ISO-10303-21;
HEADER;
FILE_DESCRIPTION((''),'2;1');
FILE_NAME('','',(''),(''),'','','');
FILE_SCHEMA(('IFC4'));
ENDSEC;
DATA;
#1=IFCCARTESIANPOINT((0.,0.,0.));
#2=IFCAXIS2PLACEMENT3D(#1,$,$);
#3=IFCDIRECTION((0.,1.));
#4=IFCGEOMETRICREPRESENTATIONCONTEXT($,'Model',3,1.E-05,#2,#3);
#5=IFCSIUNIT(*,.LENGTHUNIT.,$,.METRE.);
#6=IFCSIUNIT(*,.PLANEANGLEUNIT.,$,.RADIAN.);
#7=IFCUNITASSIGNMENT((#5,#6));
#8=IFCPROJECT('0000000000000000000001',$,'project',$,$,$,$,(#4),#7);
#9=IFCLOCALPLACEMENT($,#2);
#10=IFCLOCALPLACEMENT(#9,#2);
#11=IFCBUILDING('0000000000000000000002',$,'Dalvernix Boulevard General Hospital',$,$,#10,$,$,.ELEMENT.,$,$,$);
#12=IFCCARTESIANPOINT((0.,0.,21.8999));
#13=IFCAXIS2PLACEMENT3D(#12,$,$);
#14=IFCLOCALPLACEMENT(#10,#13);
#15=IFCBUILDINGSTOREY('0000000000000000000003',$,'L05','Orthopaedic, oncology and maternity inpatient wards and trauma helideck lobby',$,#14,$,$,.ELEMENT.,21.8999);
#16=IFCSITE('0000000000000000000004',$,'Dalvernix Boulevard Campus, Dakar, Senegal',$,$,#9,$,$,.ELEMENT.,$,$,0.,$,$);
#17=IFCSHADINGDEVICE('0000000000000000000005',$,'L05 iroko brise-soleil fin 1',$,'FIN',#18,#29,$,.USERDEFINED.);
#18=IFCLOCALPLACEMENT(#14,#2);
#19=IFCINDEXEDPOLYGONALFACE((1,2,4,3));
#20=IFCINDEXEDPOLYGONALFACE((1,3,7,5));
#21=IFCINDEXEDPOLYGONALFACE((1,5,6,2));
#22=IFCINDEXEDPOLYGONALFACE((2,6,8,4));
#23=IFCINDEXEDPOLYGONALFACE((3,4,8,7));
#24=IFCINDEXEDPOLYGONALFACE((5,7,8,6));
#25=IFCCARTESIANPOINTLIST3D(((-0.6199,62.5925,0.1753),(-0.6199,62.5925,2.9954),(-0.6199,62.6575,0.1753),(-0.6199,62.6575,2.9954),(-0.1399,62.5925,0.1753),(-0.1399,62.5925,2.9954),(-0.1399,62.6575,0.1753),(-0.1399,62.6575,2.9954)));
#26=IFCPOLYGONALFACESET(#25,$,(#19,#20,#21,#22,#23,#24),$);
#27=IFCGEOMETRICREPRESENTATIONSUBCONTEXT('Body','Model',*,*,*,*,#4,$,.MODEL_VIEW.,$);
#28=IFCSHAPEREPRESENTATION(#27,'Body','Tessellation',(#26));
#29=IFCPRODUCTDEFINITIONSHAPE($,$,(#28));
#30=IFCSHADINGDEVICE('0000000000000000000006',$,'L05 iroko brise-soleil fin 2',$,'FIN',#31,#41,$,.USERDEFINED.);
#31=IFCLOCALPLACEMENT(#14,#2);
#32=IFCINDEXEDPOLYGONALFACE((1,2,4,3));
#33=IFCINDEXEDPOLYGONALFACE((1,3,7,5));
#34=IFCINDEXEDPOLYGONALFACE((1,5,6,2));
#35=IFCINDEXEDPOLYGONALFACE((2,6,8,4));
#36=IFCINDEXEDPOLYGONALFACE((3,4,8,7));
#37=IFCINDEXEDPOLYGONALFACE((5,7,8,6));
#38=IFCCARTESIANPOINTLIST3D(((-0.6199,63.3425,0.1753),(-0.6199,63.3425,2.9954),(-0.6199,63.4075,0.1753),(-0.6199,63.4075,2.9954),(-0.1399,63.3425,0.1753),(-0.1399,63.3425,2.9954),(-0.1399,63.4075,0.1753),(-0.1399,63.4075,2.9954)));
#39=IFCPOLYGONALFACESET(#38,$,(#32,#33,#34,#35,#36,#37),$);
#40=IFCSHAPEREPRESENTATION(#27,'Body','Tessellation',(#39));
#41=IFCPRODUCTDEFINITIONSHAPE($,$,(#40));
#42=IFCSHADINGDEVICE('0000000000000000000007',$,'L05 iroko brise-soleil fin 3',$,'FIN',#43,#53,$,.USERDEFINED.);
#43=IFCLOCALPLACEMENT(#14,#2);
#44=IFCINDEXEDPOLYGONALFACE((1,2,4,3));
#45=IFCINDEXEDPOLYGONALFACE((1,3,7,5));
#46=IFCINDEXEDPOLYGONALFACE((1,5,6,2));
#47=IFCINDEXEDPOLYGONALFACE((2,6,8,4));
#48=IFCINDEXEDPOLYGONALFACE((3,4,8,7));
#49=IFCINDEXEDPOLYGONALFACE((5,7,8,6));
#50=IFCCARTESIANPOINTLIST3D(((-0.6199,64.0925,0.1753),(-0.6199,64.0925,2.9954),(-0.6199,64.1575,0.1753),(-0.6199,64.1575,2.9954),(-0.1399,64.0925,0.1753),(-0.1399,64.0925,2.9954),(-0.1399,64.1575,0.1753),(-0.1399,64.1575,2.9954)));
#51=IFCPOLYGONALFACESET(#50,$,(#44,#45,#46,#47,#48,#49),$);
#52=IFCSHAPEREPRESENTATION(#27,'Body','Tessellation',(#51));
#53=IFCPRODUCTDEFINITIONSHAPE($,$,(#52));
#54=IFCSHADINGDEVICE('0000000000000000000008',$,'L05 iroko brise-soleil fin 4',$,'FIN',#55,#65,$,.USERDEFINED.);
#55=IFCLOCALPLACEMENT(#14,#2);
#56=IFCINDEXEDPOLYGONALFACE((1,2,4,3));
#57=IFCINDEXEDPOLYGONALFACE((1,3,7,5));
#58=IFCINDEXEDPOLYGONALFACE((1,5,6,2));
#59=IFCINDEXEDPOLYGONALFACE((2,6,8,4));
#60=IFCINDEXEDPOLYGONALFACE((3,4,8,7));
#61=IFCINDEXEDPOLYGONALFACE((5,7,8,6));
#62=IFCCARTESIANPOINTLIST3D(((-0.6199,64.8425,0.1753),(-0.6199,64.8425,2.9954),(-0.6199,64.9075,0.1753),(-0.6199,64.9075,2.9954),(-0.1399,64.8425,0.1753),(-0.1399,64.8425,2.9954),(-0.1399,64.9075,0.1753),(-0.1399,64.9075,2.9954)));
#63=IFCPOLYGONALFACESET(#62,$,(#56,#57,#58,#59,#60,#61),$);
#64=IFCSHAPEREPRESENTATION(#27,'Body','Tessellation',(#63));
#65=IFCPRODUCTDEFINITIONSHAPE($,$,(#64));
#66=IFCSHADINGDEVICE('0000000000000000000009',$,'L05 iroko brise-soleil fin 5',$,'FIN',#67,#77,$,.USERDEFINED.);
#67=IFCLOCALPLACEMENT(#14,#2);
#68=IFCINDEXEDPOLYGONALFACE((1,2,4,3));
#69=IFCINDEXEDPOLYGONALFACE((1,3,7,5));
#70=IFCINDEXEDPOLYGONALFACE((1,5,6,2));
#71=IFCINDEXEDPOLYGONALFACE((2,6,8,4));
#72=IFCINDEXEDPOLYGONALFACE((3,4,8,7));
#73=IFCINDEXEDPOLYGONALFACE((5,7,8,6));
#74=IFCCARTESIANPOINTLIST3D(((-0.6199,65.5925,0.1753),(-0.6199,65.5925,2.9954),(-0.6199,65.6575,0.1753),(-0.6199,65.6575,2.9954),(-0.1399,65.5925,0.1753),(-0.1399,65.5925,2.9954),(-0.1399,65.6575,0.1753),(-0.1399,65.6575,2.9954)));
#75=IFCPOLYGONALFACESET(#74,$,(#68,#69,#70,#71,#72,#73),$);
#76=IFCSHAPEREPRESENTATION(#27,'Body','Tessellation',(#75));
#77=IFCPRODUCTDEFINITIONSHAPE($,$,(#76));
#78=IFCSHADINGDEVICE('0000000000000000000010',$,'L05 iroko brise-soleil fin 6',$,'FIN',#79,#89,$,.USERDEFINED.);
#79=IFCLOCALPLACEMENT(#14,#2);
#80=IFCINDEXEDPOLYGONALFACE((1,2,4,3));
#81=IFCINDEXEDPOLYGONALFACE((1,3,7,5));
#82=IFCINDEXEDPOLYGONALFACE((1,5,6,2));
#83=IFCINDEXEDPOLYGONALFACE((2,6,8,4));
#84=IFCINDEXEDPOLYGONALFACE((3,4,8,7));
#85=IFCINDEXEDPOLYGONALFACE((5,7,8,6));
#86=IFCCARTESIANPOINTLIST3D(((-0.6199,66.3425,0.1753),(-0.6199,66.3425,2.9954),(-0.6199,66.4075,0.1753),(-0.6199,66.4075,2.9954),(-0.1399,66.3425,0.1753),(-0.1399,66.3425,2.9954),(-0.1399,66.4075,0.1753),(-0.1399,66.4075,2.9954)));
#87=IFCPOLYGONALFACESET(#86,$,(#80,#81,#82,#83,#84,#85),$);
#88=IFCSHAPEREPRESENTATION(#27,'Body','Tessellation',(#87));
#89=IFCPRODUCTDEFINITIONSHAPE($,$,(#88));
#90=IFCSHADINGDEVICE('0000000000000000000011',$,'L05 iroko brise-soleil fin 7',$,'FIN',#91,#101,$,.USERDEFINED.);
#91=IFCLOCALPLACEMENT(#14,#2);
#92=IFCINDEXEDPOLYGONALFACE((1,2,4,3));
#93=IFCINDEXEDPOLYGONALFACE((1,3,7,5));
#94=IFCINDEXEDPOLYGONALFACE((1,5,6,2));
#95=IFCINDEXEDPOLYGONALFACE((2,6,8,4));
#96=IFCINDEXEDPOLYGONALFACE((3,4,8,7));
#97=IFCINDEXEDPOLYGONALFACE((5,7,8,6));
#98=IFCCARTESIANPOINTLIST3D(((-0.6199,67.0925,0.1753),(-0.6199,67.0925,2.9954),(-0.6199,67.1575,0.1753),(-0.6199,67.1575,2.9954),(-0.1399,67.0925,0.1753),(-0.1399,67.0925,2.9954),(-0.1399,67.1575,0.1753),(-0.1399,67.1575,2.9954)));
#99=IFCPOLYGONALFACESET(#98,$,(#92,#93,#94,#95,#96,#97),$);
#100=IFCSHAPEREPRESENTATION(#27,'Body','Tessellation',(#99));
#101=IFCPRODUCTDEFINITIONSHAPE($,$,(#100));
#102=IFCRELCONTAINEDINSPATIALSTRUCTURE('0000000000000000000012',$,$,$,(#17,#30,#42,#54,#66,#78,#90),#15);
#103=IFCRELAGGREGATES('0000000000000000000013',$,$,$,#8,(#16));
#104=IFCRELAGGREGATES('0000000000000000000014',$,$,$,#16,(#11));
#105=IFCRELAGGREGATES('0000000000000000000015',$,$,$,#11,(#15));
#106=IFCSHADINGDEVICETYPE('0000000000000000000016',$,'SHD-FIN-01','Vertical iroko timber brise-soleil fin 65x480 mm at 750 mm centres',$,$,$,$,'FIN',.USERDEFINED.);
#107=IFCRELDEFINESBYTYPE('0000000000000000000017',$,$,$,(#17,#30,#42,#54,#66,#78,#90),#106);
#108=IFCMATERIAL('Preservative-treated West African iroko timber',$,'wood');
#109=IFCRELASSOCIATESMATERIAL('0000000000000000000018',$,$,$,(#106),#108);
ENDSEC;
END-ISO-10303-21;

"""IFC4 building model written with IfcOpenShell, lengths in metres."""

from ifc_helpers import new_model, si_unit, direction, frame, origin, origin_2d, place, context, subcontext, project, spatial, rectangle, extrude, material, type_object, element, save


model = new_model("IFC4")

# Units and contexts
model_context = context("Model", 3, precision=1e-05, world=origin(), true_north=direction((0.0, 1.0)))
body_context = subcontext(model_context, "Body", "Model", "MODEL_VIEW")
ifc_project = project(units=[si_unit("LENGTHUNIT", "METRE"), si_unit("PLANEANGLEUNIT", "RADIAN")], contexts=[model_context])

# Site, building, storey
site_placement = place(None, origin())
site = spatial("IfcSite", under=ifc_project, at=site_placement, Name="Dalvernix Boulevard Campus, Dakar, Senegal", CompositionType="ELEMENT", RefElevation=0.0)
building_placement = place(site_placement, origin())
building = spatial("IfcBuilding", under=site, at=building_placement, Name="Dalvernix Boulevard General Hospital", CompositionType="ELEMENT")
storey_placement = place(building_placement, frame((0.0, 0.0, 21.8999)))
storey = spatial("IfcBuildingStorey", under=building, at=storey_placement, Name="L05", Description="Orthopaedic, oncology and maternity inpatient wards and trauma helideck lobby", CompositionType="ELEMENT", Elevation=21.8999)

# Shading devices
ifc_material_1 = material(Name="Preservative-treated West African iroko timber", Category="wood")
shading_device_type = type_object("IfcShadingDeviceType", Name="SHD-FIN-01", Description="Vertical iroko timber brise-soleil fin 65x480 mm at 750 mm centres", ElementType="FIN", PredefinedType="USERDEFINED", material=ifc_material_1)
for number, where, z_axis, x_axis, name in (
    (1, (-0.3799, 62.625, 0.1753), (0.0, 0.0, 1.0), (0.0, 1.0, 0.0), "L05 iroko brise-soleil fin 1"),
    (2, (-0.3799, 63.375, 0.1753), (0.0, 0.0, 1.0), (0.0, 1.0, 0.0), "L05 iroko brise-soleil fin 2"),
    (3, (-0.3799, 64.125, 0.1753), (0.0, 0.0, 1.0), (0.0, 1.0, 0.0), "L05 iroko brise-soleil fin 3"),
    (4, (-0.3799, 64.875, 0.1753), (0.0, 0.0, 1.0), (0.0, 1.0, 0.0), "L05 iroko brise-soleil fin 4"),
    (5, (-0.3799, 65.625, 0.1753), (0.0, 0.0, 1.0), (0.0, 1.0, 0.0), "L05 iroko brise-soleil fin 5"),
    (6, (-0.3799, 66.375, 0.1753), (0.0, 0.0, 1.0), (0.0, 1.0, 0.0), "L05 iroko brise-soleil fin 6"),
    (7, (-0.3799, 67.125, 0.1753), (0.0, 0.0, 1.0), (0.0, 1.0, 0.0), "L05 iroko brise-soleil fin 7"),
):
    element("IfcShadingDevice", number, at=place(storey_placement, frame(where, z_axis=z_axis, x_axis=x_axis)), inside=storey, type_object=shading_device_type, Name=name, ObjectType="FIN", PredefinedType="USERDEFINED", context=body_context, shape_type="SweptSolid", body=[
        extrude(rectangle(XDim=0.0649, YDim=0.48, at=origin_2d()), origin(), (0.0, 0.0, 1.0), 2.8201),
    ])

save(model, "model.ifc")
